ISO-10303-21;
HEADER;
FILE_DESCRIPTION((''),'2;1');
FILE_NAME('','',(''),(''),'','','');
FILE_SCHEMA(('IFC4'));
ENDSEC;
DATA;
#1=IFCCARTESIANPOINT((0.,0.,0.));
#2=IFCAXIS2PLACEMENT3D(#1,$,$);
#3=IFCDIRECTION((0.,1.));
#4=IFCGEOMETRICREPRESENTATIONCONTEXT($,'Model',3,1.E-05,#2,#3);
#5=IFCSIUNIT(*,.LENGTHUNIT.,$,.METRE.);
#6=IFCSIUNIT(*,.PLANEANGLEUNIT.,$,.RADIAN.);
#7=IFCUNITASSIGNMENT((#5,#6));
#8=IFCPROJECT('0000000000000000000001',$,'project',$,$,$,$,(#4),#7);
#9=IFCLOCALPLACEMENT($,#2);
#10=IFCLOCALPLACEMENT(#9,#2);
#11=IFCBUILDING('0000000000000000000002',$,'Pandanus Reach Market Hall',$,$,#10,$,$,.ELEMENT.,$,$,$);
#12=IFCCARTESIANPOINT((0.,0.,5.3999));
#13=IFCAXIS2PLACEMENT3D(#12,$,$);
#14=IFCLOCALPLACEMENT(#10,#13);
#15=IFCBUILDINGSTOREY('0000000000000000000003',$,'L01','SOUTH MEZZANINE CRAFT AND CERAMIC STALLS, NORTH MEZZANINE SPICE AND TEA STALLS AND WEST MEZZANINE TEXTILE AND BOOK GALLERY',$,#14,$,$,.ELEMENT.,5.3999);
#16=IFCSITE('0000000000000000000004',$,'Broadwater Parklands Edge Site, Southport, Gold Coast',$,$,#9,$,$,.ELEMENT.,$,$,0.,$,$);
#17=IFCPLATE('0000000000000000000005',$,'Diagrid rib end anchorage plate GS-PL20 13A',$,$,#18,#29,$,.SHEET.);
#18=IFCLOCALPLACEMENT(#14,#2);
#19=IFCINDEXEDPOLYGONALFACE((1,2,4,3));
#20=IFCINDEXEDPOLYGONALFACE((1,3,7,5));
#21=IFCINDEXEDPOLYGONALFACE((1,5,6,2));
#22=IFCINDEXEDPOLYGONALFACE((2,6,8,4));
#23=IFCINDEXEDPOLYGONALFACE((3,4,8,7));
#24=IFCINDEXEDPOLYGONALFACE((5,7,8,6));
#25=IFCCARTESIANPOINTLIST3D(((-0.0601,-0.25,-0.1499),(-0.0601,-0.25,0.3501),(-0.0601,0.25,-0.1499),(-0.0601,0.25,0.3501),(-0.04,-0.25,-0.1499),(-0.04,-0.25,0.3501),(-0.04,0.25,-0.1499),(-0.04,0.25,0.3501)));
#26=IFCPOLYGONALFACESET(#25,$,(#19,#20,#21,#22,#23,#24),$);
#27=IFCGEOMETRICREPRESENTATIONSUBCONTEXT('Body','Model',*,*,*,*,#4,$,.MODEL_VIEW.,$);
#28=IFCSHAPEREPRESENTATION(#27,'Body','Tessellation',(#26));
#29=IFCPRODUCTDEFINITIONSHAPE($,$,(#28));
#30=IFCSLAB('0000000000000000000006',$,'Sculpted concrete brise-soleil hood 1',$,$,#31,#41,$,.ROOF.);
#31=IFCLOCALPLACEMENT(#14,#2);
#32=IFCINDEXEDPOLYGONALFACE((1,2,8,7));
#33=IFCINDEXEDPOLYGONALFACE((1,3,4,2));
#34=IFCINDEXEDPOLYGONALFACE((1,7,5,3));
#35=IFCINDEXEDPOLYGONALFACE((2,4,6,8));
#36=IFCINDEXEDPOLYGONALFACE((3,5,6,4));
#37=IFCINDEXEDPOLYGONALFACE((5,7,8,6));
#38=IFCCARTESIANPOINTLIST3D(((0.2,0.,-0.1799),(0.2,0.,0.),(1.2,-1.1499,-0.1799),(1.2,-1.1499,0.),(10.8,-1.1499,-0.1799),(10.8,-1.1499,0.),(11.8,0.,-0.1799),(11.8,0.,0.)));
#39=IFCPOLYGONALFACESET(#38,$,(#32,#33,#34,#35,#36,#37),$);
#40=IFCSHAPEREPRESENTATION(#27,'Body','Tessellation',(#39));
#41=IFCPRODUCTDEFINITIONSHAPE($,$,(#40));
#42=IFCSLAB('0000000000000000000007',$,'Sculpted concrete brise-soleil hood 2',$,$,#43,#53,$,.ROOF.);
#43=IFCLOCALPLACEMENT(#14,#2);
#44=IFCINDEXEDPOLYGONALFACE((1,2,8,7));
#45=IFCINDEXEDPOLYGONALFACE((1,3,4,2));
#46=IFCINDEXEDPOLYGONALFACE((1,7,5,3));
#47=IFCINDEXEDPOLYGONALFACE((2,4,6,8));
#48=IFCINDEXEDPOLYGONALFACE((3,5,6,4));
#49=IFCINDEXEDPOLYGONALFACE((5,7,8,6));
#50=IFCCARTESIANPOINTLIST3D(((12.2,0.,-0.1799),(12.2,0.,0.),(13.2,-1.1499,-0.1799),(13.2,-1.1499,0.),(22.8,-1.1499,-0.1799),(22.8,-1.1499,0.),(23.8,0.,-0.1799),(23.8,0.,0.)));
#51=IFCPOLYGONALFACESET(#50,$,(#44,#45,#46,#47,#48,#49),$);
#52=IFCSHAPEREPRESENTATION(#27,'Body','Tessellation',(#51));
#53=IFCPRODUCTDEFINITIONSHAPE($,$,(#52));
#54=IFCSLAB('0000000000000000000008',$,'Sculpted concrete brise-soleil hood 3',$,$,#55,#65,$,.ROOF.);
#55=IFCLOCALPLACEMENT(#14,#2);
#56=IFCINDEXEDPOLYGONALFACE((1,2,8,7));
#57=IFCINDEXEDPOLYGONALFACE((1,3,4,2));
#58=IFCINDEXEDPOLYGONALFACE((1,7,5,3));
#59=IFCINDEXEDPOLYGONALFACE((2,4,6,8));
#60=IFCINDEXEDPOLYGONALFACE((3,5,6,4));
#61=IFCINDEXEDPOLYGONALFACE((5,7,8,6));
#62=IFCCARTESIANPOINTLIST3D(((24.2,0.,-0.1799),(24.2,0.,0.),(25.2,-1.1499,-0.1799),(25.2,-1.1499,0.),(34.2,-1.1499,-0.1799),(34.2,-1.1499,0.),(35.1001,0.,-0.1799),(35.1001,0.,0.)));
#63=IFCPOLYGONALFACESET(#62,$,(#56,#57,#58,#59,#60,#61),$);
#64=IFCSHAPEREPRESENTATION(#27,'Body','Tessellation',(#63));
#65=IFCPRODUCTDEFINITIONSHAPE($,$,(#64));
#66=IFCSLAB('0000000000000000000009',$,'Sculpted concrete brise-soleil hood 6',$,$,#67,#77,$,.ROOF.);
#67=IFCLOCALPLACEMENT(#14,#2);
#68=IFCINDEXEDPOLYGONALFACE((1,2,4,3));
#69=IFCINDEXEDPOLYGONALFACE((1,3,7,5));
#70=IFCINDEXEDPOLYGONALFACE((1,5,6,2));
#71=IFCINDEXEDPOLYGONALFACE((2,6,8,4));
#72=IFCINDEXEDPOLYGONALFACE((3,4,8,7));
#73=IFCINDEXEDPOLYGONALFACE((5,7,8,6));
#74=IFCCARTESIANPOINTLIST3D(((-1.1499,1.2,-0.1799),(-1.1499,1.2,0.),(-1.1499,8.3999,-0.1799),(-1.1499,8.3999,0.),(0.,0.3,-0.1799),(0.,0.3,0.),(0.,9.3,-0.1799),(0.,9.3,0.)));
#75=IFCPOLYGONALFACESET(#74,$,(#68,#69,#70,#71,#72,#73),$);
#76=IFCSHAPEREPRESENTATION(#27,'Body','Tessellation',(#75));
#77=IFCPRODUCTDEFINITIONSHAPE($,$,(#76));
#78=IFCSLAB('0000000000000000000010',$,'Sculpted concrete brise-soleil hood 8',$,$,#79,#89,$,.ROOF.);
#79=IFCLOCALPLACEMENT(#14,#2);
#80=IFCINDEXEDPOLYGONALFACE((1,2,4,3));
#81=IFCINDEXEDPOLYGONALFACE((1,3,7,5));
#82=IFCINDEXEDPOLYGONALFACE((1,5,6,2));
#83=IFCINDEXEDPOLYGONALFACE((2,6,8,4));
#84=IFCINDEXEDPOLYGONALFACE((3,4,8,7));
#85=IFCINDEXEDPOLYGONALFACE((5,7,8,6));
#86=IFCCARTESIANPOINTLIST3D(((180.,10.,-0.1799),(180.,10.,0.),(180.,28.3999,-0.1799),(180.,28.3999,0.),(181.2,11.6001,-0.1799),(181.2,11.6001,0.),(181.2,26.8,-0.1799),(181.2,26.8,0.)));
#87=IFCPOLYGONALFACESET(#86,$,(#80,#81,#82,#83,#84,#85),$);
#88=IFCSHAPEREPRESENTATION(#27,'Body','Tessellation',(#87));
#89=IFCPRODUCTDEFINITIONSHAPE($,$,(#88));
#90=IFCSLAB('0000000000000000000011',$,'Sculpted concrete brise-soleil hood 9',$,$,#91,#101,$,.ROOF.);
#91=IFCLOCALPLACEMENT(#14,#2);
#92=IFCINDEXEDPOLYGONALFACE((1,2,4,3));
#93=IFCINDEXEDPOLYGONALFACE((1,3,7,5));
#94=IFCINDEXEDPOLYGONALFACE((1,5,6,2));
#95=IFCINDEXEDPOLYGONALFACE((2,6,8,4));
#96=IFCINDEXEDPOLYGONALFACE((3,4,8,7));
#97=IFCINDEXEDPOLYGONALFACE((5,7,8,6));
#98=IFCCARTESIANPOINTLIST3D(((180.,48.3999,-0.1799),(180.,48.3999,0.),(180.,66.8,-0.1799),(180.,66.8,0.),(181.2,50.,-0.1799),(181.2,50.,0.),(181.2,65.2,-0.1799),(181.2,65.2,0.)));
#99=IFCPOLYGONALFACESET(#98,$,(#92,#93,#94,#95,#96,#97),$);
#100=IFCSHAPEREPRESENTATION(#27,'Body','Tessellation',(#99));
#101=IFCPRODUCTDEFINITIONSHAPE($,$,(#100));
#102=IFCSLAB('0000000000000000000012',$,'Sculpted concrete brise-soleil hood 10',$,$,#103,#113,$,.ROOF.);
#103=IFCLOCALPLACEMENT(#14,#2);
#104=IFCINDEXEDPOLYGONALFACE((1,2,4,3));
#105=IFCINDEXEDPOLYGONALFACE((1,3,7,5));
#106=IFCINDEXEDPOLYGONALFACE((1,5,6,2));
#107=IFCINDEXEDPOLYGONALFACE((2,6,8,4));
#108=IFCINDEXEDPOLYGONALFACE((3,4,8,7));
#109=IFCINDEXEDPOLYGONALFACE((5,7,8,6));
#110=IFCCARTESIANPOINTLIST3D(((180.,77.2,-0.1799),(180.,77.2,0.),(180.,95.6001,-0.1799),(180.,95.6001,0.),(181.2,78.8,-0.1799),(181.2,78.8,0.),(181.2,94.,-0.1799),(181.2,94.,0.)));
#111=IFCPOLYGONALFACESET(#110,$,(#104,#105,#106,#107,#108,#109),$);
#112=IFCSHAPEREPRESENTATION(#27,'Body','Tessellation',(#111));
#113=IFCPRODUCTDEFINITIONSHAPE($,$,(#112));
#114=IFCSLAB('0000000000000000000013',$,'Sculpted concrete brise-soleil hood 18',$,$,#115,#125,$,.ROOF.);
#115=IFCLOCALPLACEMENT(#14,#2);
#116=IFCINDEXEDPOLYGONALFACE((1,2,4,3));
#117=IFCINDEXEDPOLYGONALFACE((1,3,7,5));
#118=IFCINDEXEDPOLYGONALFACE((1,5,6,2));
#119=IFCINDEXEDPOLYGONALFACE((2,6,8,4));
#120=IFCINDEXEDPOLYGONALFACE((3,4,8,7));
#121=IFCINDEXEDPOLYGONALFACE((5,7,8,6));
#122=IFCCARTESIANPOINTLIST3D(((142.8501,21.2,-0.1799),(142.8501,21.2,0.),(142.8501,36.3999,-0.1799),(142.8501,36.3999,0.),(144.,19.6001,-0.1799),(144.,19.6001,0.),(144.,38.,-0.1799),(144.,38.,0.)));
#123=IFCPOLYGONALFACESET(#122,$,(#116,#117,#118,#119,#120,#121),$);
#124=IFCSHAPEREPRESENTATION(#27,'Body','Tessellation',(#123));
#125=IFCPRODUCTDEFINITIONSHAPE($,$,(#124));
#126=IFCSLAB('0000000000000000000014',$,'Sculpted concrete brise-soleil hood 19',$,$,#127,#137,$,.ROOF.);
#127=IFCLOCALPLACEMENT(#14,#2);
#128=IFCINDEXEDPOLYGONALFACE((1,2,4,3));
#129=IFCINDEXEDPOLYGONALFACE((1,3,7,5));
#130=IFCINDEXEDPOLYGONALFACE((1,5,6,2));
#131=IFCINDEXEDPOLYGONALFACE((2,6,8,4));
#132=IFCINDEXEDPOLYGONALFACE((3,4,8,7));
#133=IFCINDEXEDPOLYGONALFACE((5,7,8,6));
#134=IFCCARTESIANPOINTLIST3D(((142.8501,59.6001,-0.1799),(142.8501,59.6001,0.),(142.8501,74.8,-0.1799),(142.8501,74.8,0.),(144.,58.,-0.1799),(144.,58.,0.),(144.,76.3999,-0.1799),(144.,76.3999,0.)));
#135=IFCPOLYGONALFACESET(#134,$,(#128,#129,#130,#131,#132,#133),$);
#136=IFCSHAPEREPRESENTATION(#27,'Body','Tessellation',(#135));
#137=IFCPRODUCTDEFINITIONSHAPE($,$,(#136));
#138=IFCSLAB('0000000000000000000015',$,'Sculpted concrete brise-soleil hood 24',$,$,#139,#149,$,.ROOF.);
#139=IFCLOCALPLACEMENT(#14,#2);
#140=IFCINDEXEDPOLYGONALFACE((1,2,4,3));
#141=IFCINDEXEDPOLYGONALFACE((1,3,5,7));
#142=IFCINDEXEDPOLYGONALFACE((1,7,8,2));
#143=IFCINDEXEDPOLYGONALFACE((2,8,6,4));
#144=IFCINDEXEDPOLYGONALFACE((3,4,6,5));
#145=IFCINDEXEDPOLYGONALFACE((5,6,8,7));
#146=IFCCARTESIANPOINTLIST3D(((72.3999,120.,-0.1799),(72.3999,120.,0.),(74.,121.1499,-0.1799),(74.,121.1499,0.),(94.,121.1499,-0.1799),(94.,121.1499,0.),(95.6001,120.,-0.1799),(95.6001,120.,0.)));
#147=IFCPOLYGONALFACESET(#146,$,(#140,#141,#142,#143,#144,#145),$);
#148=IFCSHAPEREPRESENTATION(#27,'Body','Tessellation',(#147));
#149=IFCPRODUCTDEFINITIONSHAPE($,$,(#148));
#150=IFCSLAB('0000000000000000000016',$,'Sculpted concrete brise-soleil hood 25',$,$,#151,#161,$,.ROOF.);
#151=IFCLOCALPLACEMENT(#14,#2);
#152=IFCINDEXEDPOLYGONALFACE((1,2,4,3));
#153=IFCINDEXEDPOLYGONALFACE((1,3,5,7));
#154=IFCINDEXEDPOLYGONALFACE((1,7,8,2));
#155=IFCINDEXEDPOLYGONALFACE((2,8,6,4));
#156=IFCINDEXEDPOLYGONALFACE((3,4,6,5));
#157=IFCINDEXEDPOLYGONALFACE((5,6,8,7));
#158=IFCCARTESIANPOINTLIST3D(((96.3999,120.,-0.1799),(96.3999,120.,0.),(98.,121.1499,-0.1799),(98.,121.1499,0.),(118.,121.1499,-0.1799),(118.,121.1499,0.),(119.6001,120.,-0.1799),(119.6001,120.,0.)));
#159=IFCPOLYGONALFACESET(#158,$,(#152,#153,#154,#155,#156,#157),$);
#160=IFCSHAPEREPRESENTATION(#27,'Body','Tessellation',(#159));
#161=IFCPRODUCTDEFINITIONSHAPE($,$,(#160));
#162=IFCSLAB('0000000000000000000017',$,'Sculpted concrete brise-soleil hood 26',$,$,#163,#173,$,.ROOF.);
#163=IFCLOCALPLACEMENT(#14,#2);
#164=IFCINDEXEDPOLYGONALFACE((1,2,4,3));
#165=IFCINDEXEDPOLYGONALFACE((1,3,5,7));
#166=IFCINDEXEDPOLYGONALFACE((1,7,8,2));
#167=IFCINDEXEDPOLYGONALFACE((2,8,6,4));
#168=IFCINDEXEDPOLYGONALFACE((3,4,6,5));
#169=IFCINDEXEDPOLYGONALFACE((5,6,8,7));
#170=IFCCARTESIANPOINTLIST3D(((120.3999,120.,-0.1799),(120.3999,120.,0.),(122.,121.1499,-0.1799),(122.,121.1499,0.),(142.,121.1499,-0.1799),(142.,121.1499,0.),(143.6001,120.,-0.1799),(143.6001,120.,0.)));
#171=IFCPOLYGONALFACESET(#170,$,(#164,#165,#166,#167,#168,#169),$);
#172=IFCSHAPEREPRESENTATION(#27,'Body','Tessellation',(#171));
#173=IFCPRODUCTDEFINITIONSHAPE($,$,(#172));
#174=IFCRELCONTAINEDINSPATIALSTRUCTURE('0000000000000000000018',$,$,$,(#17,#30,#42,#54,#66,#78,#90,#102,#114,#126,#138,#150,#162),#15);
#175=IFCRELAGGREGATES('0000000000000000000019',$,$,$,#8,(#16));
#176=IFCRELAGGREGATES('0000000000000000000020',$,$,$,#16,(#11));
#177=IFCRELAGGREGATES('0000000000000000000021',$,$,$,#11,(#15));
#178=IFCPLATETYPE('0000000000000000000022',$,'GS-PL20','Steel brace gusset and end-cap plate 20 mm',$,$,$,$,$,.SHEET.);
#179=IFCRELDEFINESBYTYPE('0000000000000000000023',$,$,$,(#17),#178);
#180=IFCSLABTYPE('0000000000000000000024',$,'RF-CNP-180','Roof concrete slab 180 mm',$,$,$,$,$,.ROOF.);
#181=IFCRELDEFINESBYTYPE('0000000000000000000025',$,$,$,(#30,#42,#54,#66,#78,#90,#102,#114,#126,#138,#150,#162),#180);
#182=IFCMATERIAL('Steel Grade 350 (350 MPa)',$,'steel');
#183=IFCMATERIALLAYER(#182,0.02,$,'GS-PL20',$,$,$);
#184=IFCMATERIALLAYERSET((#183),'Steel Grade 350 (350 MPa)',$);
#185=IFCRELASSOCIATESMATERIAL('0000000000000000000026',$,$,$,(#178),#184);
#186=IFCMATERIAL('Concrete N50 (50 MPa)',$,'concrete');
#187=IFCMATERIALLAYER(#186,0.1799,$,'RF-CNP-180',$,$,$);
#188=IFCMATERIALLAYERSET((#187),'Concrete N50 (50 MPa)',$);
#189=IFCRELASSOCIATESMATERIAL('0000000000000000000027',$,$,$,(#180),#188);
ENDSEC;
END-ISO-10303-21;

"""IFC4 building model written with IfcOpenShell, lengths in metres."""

from ifc_helpers import new_model, si_unit, direction, frame, origin, origin_2d, place, context, subcontext, project, spatial, polyline, rectangle, outline, extrude, material, layer, layer_set, type_object, element, save


model = new_model("IFC4")

# Units and contexts
model_context = context("Model", 3, precision=1e-05, world=origin(), true_north=direction((0.0, 1.0)))
body_context = subcontext(model_context, "Body", "Model", "MODEL_VIEW")
ifc_project = project(units=[si_unit("LENGTHUNIT", "METRE"), si_unit("PLANEANGLEUNIT", "RADIAN")], contexts=[model_context])

# Site, building, storey
site_placement = place(None, origin())
site = spatial("IfcSite", under=ifc_project, at=site_placement, Name="Broadwater Parklands Edge Site, Southport, Gold Coast", CompositionType="ELEMENT", RefElevation=0.0)
building_placement = place(site_placement, origin())
building = spatial("IfcBuilding", under=site, at=building_placement, Name="Pandanus Reach Market Hall", CompositionType="ELEMENT")
storey_placement = place(building_placement, frame((0.0, 0.0, 5.3999)))
storey = spatial("IfcBuildingStorey", under=building, at=storey_placement, Name="L01", Description="SOUTH MEZZANINE CRAFT AND CERAMIC STALLS, NORTH MEZZANINE SPICE AND TEA STALLS AND WEST MEZZANINE TEXTILE AND BOOK GALLERY", CompositionType="ELEMENT", Elevation=5.3999)

# Plate
ifc_material_1 = material(Name="Steel Grade 350 (350 MPa)", Category="steel")
ifc_layer_1 = layer(ifc_material_1, 0.02, Name="GS-PL20")
ifc_layer_set_1 = layer_set([ifc_layer_1], Name="Steel Grade 350 (350 MPa)")
plate_type = type_object("IfcPlateType", Name="GS-PL20", Description="Steel brace gusset and end-cap plate 20 mm", PredefinedType="SHEET", material=ifc_layer_set_1)
plate_placement = place(storey_placement, frame((-0.05, 0.0, -0.1499), z_axis=(0.0, 0.0, 1.0), x_axis=(1.0, 0.0, 0.0)))
element("IfcPlate", 1, at=plate_placement, inside=storey, type_object=plate_type, Name="Diagrid rib end anchorage plate GS-PL20 13A", PredefinedType="SHEET", context=body_context, shape_type="SweptSolid", body=[
    extrude(rectangle(XDim=0.02, YDim=0.5, at=origin_2d()), origin(), (0.0, 0.0, 1.0), 0.5),
])

# Slabs
ifc_material_2 = material(Name="Concrete N50 (50 MPa)", Category="concrete")
ifc_layer_2 = layer(ifc_material_2, 0.1799, Name="RF-CNP-180")
ifc_layer_set_2 = layer_set([ifc_layer_2], Name="Concrete N50 (50 MPa)")
slab_type_1 = type_object("IfcSlabType", Name="RF-CNP-180", Description="Roof concrete slab 180 mm", PredefinedType="ROOF", material=ifc_layer_set_2)
slab_1_placement = place(storey_placement, frame((0.0, 0.0, -0.1799)))
element("IfcSlab", 2, at=slab_1_placement, inside=storey, type_object=slab_type_1, Name="Sculpted concrete brise-soleil hood 1", PredefinedType="ROOF", context=body_context, shape_type="SweptSolid", body=[
    extrude(outline(polyline([(0.2, 0.0), (11.8, 0.0), (10.8, -1.1499), (1.2, -1.1499), (0.2, 0.0)])), origin(), (0.0, 0.0, 1.0), 0.1799),
])
slab_2_placement = place(storey_placement, frame((0.0, 0.0, -0.1799)))
element("IfcSlab", 3, at=slab_2_placement, inside=storey, type_object=slab_type_1, Name="Sculpted concrete brise-soleil hood 2", PredefinedType="ROOF", context=body_context, shape_type="SweptSolid", body=[
    extrude(outline(polyline([(12.2, 0.0), (23.8, 0.0), (22.8, -1.1499), (13.2, -1.1499), (12.2, 0.0)])), origin(), (0.0, 0.0, 1.0), 0.1799),
])
slab_3_placement = place(storey_placement, frame((0.0, 0.0, -0.1799)))
element("IfcSlab", 4, at=slab_3_placement, inside=storey, type_object=slab_type_1, Name="Sculpted concrete brise-soleil hood 3", PredefinedType="ROOF", context=body_context, shape_type="SweptSolid", body=[
    extrude(outline(polyline([(24.2, 0.0), (35.1001, 0.0), (34.2, -1.1499), (25.2, -1.1499), (24.2, 0.0)])), origin(), (0.0, 0.0, 1.0), 0.1799),
])
slab_4_placement = place(storey_placement, frame((0.0, 0.0, -0.1799)))
element("IfcSlab", 5, at=slab_4_placement, inside=storey, type_object=slab_type_1, Name="Sculpted concrete brise-soleil hood 6", PredefinedType="ROOF", context=body_context, shape_type="SweptSolid", body=[
    extrude(outline(polyline([(0.0, 0.3), (0.0, 9.3), (-1.1499, 8.3999), (-1.1499, 1.2), (0.0, 0.3)])), origin(), (0.0, 0.0, 1.0), 0.1799),
])
slab_5_placement = place(storey_placement, frame((0.0, 0.0, -0.1799)))
element("IfcSlab", 6, at=slab_5_placement, inside=storey, type_object=slab_type_1, Name="Sculpted concrete brise-soleil hood 8", PredefinedType="ROOF", context=body_context, shape_type="SweptSolid", body=[
    extrude(outline(polyline([(180.0, 10.0), (180.0, 28.3999), (181.2, 26.8), (181.2, 11.6001), (180.0, 10.0)])), origin(), (0.0, 0.0, 1.0), 0.1799),
])
slab_6_placement = place(storey_placement, frame((0.0, 0.0, -0.1799)))
element("IfcSlab", 7, at=slab_6_placement, inside=storey, type_object=slab_type_1, Name="Sculpted concrete brise-soleil hood 9", PredefinedType="ROOF", context=body_context, shape_type="SweptSolid", body=[
    extrude(outline(polyline([(180.0, 48.3999), (180.0, 66.8), (181.2, 65.2), (181.2, 50.0), (180.0, 48.3999)])), origin(), (0.0, 0.0, 1.0), 0.1799),
])
slab_7_placement = place(storey_placement, frame((0.0, 0.0, -0.1799)))
element("IfcSlab", 8, at=slab_7_placement, inside=storey, type_object=slab_type_1, Name="Sculpted concrete brise-soleil hood 10", PredefinedType="ROOF", context=body_context, shape_type="SweptSolid", body=[
    extrude(outline(polyline([(180.0, 77.2), (180.0, 95.6001), (181.2, 94.0), (181.2, 78.8), (180.0, 77.2)])), origin(), (0.0, 0.0, 1.0), 0.1799),
])
slab_8_placement = place(storey_placement, frame((0.0, 0.0, -0.1799)))
element("IfcSlab", 9, at=slab_8_placement, inside=storey, type_object=slab_type_1, Name="Sculpted concrete brise-soleil hood 18", PredefinedType="ROOF", context=body_context, shape_type="SweptSolid", body=[
    extrude(outline(polyline([(144.0, 19.6001), (144.0, 38.0), (142.8501, 36.3999), (142.8501, 21.2), (144.0, 19.6001)])), origin(), (0.0, 0.0, 1.0), 0.1799),
])
slab_9_placement = place(storey_placement, frame((0.0, 0.0, -0.1799)))
element("IfcSlab", 10, at=slab_9_placement, inside=storey, type_object=slab_type_1, Name="Sculpted concrete brise-soleil hood 19", PredefinedType="ROOF", context=body_context, shape_type="SweptSolid", body=[
    extrude(outline(polyline([(144.0, 58.0), (144.0, 76.3999), (142.8501, 74.8), (142.8501, 59.6001), (144.0, 58.0)])), origin(), (0.0, 0.0, 1.0), 0.1799),
])
slab_10_placement = place(storey_placement, frame((0.0, 0.0, -0.1799)))
element("IfcSlab", 11, at=slab_10_placement, inside=storey, type_object=slab_type_1, Name="Sculpted concrete brise-soleil hood 24", PredefinedType="ROOF", context=body_context, shape_type="SweptSolid", body=[
    extrude(outline(polyline([(72.3999, 120.0), (95.6001, 120.0), (94.0, 121.1499), (74.0, 121.1499), (72.3999, 120.0)])), origin(), (0.0, 0.0, 1.0), 0.1799),
])
slab_11_placement = place(storey_placement, frame((0.0, 0.0, -0.1799)))
element("IfcSlab", 12, at=slab_11_placement, inside=storey, type_object=slab_type_1, Name="Sculpted concrete brise-soleil hood 25", PredefinedType="ROOF", context=body_context, shape_type="SweptSolid", body=[
    extrude(outline(polyline([(96.3999, 120.0), (119.6001, 120.0), (118.0, 121.1499), (98.0, 121.1499), (96.3999, 120.0)])), origin(), (0.0, 0.0, 1.0), 0.1799),
])
slab_12_placement = place(storey_placement, frame((0.0, 0.0, -0.1799)))
element("IfcSlab", 13, at=slab_12_placement, inside=storey, type_object=slab_type_1, Name="Sculpted concrete brise-soleil hood 26", PredefinedType="ROOF", context=body_context, shape_type="SweptSolid", body=[
    extrude(outline(polyline([(120.3999, 120.0), (143.6001, 120.0), (142.0, 121.1499), (122.0, 121.1499), (120.3999, 120.0)])), origin(), (0.0, 0.0, 1.0), 0.1799),
])

save(model, "model.ifc")
